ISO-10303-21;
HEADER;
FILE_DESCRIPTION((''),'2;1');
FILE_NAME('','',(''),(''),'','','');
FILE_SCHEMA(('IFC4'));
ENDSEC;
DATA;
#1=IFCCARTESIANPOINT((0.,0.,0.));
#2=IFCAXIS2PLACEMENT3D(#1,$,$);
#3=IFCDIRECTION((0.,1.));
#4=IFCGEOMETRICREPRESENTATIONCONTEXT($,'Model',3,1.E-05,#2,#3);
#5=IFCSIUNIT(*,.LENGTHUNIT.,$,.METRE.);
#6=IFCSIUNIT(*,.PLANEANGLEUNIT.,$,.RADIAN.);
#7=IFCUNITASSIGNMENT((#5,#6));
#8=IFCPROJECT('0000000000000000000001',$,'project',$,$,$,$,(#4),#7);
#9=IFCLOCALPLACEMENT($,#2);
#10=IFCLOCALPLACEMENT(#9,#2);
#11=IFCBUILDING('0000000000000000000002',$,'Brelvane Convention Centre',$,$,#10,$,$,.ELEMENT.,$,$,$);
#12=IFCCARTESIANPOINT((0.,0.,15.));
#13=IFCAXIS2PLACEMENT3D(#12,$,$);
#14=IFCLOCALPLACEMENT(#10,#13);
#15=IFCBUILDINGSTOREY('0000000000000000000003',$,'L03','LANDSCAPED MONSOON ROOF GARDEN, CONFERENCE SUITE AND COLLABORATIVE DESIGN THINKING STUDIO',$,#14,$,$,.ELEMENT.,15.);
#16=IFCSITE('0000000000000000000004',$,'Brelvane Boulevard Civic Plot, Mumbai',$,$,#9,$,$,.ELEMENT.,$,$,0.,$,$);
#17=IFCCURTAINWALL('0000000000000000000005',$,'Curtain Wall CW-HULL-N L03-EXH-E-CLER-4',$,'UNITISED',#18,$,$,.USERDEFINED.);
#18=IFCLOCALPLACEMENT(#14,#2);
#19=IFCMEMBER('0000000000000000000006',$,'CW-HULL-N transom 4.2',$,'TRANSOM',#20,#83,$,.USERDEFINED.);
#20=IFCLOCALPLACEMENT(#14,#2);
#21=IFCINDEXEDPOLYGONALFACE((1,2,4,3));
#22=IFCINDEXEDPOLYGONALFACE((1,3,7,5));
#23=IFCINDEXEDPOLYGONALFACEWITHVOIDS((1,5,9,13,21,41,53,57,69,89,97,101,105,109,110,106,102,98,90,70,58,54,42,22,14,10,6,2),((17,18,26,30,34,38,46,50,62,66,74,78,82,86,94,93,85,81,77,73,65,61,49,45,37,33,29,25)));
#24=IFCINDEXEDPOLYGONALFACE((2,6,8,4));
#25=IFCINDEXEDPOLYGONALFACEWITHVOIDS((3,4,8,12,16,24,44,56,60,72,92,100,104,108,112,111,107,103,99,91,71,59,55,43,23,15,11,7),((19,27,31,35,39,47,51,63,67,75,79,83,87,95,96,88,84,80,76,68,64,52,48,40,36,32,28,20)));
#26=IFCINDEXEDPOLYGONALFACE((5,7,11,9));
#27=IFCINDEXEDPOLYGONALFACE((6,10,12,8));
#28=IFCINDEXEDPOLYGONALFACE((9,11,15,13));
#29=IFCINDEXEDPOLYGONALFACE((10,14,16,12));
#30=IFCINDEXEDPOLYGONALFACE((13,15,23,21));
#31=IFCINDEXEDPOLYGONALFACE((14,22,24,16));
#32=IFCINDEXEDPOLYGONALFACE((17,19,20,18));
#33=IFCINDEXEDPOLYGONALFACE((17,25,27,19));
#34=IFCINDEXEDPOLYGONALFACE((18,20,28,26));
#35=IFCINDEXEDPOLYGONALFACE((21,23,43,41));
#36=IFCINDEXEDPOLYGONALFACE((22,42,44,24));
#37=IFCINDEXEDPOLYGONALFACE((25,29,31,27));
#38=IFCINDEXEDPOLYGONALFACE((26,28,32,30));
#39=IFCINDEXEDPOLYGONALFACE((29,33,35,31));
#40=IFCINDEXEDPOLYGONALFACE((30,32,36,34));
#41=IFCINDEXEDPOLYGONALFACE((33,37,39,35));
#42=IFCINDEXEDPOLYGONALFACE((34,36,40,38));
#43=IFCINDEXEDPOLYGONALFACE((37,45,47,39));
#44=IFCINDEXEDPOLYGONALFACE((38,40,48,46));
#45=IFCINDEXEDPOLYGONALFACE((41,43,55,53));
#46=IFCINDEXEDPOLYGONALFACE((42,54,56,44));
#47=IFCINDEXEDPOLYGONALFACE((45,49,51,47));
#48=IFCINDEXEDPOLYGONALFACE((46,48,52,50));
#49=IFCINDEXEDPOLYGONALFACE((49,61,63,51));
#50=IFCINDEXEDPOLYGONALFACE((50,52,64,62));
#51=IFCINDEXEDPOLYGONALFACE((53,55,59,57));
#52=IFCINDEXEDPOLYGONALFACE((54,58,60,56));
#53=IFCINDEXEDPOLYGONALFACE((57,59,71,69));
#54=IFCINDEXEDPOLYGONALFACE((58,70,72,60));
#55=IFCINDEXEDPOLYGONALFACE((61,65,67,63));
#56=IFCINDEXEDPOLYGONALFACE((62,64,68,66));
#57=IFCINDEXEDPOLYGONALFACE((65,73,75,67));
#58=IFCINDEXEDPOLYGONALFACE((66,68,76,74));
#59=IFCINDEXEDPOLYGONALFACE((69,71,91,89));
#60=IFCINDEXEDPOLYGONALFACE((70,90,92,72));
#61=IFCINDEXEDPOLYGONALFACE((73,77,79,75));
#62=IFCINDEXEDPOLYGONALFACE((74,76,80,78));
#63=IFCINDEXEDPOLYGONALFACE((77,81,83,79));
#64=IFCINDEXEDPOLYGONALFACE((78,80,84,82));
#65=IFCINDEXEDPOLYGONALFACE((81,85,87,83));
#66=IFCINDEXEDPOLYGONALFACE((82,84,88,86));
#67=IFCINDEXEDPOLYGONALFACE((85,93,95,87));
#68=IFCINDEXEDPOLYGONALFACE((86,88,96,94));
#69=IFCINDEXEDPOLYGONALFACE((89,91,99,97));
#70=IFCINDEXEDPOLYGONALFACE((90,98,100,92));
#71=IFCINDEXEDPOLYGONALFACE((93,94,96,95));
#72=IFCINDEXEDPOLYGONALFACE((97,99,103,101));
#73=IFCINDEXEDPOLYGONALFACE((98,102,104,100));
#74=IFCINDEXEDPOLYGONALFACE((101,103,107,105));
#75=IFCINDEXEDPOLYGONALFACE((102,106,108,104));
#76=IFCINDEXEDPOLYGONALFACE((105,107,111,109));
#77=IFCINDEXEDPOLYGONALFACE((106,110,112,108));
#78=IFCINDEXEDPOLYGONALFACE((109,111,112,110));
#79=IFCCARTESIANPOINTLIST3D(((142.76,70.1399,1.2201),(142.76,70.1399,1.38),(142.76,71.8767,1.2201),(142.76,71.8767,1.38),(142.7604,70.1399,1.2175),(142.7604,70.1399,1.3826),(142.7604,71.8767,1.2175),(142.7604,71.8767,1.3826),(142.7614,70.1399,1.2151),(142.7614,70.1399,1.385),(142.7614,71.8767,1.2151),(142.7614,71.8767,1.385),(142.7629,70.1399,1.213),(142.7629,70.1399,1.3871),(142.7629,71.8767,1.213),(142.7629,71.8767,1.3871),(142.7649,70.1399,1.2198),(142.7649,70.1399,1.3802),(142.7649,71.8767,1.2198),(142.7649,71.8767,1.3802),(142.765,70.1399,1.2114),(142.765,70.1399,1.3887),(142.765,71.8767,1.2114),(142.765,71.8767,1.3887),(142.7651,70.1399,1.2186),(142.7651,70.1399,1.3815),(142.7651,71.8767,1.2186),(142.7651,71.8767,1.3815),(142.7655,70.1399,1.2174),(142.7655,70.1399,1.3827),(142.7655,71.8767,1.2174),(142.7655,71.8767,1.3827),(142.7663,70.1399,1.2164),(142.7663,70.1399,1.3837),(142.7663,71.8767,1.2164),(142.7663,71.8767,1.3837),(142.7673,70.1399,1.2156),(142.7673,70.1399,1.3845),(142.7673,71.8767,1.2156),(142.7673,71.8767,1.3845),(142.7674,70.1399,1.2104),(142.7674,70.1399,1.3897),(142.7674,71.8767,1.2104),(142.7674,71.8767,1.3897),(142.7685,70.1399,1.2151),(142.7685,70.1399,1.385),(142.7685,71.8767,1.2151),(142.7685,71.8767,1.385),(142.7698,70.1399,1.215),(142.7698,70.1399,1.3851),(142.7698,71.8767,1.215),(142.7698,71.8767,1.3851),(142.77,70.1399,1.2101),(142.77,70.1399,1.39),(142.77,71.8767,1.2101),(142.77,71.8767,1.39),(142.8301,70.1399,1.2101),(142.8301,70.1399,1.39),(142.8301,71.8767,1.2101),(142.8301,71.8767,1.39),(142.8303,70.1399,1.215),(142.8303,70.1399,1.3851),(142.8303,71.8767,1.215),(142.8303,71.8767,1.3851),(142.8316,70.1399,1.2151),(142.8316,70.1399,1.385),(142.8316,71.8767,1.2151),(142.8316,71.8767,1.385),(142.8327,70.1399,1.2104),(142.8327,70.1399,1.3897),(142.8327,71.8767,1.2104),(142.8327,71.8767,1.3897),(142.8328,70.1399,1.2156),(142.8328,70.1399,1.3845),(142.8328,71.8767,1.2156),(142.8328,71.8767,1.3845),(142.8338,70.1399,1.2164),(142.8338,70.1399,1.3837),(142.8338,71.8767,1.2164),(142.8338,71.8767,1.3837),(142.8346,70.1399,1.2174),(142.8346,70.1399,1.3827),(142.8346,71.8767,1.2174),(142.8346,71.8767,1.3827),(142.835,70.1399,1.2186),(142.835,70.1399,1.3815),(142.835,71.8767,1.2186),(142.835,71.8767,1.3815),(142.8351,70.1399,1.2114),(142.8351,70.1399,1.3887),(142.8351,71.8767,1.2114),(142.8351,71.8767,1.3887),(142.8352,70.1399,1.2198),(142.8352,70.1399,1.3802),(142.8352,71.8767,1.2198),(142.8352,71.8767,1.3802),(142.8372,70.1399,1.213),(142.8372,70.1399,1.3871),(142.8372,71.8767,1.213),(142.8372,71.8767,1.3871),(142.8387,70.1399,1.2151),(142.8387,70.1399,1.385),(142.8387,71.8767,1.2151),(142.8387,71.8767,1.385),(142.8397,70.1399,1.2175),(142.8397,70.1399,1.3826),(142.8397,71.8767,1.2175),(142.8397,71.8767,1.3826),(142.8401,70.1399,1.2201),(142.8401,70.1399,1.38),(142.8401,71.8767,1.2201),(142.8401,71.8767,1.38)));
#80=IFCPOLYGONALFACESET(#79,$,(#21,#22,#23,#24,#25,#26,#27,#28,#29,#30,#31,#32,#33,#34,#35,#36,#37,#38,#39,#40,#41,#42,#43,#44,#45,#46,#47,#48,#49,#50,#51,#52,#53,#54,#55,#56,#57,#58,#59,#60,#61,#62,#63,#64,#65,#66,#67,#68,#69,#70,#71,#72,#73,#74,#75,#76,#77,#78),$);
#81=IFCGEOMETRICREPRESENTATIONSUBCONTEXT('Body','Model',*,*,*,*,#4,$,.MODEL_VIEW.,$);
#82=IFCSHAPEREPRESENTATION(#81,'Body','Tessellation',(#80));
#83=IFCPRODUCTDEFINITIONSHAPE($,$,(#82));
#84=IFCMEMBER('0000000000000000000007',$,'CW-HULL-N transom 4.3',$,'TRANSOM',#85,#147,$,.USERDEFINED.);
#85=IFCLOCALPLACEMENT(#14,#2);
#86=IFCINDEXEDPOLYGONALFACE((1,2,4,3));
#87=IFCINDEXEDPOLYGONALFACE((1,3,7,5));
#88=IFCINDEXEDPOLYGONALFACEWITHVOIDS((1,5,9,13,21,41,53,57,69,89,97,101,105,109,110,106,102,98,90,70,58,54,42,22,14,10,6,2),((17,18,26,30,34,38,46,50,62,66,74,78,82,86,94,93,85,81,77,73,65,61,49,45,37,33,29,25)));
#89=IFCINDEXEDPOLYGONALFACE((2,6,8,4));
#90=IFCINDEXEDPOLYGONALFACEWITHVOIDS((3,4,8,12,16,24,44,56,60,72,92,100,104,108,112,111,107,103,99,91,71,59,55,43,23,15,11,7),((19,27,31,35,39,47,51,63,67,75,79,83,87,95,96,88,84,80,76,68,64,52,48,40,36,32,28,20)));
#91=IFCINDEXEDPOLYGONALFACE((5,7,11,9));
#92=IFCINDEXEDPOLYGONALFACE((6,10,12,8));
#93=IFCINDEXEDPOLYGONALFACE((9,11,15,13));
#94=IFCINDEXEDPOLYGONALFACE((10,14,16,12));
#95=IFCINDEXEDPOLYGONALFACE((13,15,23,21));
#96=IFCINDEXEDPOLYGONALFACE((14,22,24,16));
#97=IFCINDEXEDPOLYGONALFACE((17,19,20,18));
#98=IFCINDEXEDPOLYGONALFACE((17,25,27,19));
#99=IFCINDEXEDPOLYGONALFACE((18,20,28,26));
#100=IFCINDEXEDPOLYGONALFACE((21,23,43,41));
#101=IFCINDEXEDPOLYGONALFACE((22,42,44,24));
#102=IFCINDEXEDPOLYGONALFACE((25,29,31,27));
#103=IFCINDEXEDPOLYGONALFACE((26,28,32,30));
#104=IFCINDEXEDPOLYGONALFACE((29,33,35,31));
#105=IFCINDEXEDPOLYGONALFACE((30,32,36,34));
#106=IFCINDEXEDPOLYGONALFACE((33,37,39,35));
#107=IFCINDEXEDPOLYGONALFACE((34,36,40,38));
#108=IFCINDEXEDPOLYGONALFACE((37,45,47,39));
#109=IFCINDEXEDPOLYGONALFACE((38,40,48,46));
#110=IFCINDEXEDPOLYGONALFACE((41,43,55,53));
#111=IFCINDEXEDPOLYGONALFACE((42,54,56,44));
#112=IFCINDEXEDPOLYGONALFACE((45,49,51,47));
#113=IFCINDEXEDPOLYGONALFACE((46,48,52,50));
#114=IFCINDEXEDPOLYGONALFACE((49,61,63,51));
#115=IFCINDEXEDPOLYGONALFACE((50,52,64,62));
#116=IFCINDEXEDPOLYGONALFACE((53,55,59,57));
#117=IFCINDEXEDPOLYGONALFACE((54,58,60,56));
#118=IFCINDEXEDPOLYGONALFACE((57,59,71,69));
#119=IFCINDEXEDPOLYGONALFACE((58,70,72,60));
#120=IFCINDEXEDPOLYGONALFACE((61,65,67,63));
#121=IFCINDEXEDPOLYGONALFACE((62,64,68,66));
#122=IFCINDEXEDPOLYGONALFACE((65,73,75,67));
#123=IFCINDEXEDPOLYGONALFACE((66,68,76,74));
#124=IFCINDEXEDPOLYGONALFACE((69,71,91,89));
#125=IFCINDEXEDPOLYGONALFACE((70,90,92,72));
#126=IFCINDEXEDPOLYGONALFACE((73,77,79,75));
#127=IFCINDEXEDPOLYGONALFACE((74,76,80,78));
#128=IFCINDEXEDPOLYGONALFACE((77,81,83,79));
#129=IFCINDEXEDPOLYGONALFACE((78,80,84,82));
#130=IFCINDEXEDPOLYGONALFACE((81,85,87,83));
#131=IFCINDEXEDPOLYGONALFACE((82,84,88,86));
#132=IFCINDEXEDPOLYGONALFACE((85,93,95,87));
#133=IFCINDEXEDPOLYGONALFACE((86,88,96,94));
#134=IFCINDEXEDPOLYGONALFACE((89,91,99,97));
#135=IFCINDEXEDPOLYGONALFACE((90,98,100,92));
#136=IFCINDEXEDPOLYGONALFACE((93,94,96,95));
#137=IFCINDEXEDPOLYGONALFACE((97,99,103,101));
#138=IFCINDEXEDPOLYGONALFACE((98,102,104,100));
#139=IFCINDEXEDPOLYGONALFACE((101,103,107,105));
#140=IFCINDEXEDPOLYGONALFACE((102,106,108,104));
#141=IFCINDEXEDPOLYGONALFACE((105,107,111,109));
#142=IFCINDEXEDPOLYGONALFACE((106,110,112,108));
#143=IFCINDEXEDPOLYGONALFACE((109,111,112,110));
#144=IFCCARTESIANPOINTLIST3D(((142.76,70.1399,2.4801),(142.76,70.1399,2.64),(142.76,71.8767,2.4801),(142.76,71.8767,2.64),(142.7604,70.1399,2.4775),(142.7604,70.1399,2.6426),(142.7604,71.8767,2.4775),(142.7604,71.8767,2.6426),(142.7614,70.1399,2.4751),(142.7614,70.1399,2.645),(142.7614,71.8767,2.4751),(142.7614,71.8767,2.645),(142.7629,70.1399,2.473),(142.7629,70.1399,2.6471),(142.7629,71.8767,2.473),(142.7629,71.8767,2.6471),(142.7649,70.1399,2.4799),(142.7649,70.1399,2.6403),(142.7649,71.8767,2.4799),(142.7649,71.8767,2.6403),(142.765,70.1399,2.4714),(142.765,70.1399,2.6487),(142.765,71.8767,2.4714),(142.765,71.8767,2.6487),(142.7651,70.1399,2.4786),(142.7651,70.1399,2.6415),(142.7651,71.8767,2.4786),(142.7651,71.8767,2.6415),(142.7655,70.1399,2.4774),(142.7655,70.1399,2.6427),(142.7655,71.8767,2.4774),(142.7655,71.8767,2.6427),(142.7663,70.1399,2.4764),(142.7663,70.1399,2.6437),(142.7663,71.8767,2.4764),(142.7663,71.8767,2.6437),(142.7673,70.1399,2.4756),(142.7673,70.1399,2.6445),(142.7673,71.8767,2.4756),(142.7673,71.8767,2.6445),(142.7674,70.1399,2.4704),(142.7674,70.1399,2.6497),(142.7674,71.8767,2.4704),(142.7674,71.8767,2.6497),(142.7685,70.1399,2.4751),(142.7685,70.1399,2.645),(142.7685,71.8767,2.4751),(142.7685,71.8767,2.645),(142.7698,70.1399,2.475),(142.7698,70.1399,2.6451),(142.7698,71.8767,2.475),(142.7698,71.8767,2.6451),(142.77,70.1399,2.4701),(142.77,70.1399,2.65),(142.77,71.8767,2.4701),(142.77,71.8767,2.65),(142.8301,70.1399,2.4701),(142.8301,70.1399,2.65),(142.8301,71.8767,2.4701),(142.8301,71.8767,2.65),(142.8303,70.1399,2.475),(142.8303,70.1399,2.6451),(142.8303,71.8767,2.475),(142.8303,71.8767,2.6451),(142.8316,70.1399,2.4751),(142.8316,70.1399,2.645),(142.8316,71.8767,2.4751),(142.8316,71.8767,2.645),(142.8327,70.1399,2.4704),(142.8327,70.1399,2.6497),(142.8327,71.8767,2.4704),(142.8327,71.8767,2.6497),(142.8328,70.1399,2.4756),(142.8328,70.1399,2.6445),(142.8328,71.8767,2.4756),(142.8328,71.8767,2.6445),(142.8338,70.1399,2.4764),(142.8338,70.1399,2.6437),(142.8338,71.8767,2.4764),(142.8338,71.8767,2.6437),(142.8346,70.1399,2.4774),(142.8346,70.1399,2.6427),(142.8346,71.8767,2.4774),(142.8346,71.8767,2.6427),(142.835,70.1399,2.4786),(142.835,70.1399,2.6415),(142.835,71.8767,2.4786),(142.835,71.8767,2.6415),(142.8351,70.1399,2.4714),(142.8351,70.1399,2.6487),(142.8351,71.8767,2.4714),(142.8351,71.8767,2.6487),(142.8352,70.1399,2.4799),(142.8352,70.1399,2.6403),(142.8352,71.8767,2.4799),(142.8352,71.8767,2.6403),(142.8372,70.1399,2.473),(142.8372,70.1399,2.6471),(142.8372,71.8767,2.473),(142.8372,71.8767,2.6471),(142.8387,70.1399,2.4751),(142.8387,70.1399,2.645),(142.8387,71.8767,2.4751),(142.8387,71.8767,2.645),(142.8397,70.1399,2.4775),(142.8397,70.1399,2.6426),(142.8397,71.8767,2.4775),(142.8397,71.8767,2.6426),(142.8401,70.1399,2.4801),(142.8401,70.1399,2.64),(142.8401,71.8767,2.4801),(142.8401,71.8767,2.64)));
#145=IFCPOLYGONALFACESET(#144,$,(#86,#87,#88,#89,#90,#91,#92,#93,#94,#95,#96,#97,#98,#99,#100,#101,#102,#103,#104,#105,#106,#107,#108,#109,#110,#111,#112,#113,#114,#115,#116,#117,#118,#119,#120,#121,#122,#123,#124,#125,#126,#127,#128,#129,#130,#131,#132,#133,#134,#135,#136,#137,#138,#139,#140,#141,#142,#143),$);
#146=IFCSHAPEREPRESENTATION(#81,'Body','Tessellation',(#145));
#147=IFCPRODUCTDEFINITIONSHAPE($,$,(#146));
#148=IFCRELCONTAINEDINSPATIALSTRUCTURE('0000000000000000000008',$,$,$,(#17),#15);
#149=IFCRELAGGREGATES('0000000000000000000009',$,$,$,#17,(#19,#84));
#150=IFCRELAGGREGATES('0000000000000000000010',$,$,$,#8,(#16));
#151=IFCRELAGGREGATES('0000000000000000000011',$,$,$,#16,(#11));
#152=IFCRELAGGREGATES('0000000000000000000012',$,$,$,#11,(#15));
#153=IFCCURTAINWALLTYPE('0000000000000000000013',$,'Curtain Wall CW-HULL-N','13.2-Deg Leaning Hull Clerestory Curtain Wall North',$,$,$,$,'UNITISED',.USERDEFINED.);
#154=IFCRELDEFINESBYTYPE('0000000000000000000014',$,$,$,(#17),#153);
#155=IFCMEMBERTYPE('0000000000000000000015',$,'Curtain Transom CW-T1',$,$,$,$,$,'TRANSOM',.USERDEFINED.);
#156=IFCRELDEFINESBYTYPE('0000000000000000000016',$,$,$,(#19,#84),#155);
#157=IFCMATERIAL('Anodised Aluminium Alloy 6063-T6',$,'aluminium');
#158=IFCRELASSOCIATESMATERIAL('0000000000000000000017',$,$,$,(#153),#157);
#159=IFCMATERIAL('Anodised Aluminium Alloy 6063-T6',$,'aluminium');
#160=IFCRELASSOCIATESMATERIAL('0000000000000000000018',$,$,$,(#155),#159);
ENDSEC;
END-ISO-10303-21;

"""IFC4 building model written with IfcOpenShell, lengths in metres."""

from ifc_helpers import new_model, si_unit, direction, frame, origin, origin_2d, place, context, subcontext, project, spatial, hollow_rectangle, extrude, material, material_profile, profile_set, type_object, element, aggregate, save


model = new_model("IFC4")

# Units and contexts
model_context = context("Model", 3, precision=1e-05, world=origin(), true_north=direction((0.0, 1.0)))
body_context = subcontext(model_context, "Body", "Model", "MODEL_VIEW")
ifc_project = project(units=[si_unit("LENGTHUNIT", "METRE"), si_unit("PLANEANGLEUNIT", "RADIAN")], contexts=[model_context])

# Site, building, storey
site_placement = place(None, origin())
site = spatial("IfcSite", under=ifc_project, at=site_placement, Name="Brelvane Boulevard Civic Plot, Mumbai", CompositionType="ELEMENT", RefElevation=0.0)
building_placement = place(site_placement, origin())
building = spatial("IfcBuilding", under=site, at=building_placement, Name="Brelvane Convention Centre", CompositionType="ELEMENT")
storey_placement = place(building_placement, frame((0.0, 0.0, 15.0)))
storey = spatial("IfcBuildingStorey", under=building, at=storey_placement, Name="L03", Description="LANDSCAPED MONSOON ROOF GARDEN, CONFERENCE SUITE AND COLLABORATIVE DESIGN THINKING STUDIO", CompositionType="ELEMENT", Elevation=15.0)

# Curtain wall, members
ifc_material_1 = material(Name="Anodised Aluminium Alloy 6063-T6", Category="aluminium")
curtain_wall_type = type_object("IfcCurtainWallType", Name="Curtain Wall CW-HULL-N", Description="13.2-Deg Leaning Hull Clerestory Curtain Wall North", ElementType="UNITISED", PredefinedType="USERDEFINED", material=ifc_material_1)
curtain_wall_placement = place(storey_placement, origin())
curtain_wall = element("IfcCurtainWall", 1, at=curtain_wall_placement, inside=storey, type_object=curtain_wall_type, Name="Curtain Wall CW-HULL-N L03-EXH-E-CLER-4", ObjectType="UNITISED", PredefinedType="USERDEFINED")
ifc_material_2 = material(Name="Anodised Aluminium Alloy 6063-T6", Category="aluminium")
ifc_material_profile_1 = material_profile(ifc_material_2, hollow_rectangle(XDim=0.0801, YDim=0.1799, WallThickness=0.0049, InnerFilletRadius=0.0049, OuterFilletRadius=0.01, at=origin_2d()), Name="ALU-T 180x80x5.0")
ifc_profile_set_1 = profile_set([ifc_material_profile_1], Name="Anodised Aluminium Alloy 6063-T6")
member_type_1 = type_object("IfcMemberType", Name="Curtain Transom CW-T1", ElementType="TRANSOM", PredefinedType="USERDEFINED", material=ifc_profile_set_1)
member_1_placement = place(storey_placement, frame((142.8, 70.1399, 1.3), z_axis=(0.0, 1.0, 0.0), x_axis=(-1.0, 0.0, 0.0)))
member_1 = element("IfcMember", 2, at=member_1_placement, type_object=member_type_1, Name="CW-HULL-N transom 4.2", ObjectType="TRANSOM", PredefinedType="USERDEFINED", context=body_context, shape_type="SweptSolid", body=[
    extrude(hollow_rectangle(XDim=0.0801, YDim=0.1799, WallThickness=0.0049, InnerFilletRadius=0.0049, OuterFilletRadius=0.01, at=origin_2d()), origin(), (0.0, 0.0, 1.0), 1.7368),
])
member_2_placement = place(storey_placement, frame((142.8, 70.1399, 2.5601), z_axis=(0.0, 1.0, 0.0), x_axis=(-1.0, 0.0, 0.0)))
member_2 = element("IfcMember", 3, at=member_2_placement, type_object=member_type_1, Name="CW-HULL-N transom 4.3", ObjectType="TRANSOM", PredefinedType="USERDEFINED", context=body_context, shape_type="SweptSolid", body=[
    extrude(hollow_rectangle(XDim=0.0801, YDim=0.1799, WallThickness=0.0049, InnerFilletRadius=0.0049, OuterFilletRadius=0.01, at=origin_2d()), origin(), (0.0, 0.0, 1.0), 1.7368),
])

aggregate(curtain_wall, [member_1, member_2])

save(model, "model.ifc")
